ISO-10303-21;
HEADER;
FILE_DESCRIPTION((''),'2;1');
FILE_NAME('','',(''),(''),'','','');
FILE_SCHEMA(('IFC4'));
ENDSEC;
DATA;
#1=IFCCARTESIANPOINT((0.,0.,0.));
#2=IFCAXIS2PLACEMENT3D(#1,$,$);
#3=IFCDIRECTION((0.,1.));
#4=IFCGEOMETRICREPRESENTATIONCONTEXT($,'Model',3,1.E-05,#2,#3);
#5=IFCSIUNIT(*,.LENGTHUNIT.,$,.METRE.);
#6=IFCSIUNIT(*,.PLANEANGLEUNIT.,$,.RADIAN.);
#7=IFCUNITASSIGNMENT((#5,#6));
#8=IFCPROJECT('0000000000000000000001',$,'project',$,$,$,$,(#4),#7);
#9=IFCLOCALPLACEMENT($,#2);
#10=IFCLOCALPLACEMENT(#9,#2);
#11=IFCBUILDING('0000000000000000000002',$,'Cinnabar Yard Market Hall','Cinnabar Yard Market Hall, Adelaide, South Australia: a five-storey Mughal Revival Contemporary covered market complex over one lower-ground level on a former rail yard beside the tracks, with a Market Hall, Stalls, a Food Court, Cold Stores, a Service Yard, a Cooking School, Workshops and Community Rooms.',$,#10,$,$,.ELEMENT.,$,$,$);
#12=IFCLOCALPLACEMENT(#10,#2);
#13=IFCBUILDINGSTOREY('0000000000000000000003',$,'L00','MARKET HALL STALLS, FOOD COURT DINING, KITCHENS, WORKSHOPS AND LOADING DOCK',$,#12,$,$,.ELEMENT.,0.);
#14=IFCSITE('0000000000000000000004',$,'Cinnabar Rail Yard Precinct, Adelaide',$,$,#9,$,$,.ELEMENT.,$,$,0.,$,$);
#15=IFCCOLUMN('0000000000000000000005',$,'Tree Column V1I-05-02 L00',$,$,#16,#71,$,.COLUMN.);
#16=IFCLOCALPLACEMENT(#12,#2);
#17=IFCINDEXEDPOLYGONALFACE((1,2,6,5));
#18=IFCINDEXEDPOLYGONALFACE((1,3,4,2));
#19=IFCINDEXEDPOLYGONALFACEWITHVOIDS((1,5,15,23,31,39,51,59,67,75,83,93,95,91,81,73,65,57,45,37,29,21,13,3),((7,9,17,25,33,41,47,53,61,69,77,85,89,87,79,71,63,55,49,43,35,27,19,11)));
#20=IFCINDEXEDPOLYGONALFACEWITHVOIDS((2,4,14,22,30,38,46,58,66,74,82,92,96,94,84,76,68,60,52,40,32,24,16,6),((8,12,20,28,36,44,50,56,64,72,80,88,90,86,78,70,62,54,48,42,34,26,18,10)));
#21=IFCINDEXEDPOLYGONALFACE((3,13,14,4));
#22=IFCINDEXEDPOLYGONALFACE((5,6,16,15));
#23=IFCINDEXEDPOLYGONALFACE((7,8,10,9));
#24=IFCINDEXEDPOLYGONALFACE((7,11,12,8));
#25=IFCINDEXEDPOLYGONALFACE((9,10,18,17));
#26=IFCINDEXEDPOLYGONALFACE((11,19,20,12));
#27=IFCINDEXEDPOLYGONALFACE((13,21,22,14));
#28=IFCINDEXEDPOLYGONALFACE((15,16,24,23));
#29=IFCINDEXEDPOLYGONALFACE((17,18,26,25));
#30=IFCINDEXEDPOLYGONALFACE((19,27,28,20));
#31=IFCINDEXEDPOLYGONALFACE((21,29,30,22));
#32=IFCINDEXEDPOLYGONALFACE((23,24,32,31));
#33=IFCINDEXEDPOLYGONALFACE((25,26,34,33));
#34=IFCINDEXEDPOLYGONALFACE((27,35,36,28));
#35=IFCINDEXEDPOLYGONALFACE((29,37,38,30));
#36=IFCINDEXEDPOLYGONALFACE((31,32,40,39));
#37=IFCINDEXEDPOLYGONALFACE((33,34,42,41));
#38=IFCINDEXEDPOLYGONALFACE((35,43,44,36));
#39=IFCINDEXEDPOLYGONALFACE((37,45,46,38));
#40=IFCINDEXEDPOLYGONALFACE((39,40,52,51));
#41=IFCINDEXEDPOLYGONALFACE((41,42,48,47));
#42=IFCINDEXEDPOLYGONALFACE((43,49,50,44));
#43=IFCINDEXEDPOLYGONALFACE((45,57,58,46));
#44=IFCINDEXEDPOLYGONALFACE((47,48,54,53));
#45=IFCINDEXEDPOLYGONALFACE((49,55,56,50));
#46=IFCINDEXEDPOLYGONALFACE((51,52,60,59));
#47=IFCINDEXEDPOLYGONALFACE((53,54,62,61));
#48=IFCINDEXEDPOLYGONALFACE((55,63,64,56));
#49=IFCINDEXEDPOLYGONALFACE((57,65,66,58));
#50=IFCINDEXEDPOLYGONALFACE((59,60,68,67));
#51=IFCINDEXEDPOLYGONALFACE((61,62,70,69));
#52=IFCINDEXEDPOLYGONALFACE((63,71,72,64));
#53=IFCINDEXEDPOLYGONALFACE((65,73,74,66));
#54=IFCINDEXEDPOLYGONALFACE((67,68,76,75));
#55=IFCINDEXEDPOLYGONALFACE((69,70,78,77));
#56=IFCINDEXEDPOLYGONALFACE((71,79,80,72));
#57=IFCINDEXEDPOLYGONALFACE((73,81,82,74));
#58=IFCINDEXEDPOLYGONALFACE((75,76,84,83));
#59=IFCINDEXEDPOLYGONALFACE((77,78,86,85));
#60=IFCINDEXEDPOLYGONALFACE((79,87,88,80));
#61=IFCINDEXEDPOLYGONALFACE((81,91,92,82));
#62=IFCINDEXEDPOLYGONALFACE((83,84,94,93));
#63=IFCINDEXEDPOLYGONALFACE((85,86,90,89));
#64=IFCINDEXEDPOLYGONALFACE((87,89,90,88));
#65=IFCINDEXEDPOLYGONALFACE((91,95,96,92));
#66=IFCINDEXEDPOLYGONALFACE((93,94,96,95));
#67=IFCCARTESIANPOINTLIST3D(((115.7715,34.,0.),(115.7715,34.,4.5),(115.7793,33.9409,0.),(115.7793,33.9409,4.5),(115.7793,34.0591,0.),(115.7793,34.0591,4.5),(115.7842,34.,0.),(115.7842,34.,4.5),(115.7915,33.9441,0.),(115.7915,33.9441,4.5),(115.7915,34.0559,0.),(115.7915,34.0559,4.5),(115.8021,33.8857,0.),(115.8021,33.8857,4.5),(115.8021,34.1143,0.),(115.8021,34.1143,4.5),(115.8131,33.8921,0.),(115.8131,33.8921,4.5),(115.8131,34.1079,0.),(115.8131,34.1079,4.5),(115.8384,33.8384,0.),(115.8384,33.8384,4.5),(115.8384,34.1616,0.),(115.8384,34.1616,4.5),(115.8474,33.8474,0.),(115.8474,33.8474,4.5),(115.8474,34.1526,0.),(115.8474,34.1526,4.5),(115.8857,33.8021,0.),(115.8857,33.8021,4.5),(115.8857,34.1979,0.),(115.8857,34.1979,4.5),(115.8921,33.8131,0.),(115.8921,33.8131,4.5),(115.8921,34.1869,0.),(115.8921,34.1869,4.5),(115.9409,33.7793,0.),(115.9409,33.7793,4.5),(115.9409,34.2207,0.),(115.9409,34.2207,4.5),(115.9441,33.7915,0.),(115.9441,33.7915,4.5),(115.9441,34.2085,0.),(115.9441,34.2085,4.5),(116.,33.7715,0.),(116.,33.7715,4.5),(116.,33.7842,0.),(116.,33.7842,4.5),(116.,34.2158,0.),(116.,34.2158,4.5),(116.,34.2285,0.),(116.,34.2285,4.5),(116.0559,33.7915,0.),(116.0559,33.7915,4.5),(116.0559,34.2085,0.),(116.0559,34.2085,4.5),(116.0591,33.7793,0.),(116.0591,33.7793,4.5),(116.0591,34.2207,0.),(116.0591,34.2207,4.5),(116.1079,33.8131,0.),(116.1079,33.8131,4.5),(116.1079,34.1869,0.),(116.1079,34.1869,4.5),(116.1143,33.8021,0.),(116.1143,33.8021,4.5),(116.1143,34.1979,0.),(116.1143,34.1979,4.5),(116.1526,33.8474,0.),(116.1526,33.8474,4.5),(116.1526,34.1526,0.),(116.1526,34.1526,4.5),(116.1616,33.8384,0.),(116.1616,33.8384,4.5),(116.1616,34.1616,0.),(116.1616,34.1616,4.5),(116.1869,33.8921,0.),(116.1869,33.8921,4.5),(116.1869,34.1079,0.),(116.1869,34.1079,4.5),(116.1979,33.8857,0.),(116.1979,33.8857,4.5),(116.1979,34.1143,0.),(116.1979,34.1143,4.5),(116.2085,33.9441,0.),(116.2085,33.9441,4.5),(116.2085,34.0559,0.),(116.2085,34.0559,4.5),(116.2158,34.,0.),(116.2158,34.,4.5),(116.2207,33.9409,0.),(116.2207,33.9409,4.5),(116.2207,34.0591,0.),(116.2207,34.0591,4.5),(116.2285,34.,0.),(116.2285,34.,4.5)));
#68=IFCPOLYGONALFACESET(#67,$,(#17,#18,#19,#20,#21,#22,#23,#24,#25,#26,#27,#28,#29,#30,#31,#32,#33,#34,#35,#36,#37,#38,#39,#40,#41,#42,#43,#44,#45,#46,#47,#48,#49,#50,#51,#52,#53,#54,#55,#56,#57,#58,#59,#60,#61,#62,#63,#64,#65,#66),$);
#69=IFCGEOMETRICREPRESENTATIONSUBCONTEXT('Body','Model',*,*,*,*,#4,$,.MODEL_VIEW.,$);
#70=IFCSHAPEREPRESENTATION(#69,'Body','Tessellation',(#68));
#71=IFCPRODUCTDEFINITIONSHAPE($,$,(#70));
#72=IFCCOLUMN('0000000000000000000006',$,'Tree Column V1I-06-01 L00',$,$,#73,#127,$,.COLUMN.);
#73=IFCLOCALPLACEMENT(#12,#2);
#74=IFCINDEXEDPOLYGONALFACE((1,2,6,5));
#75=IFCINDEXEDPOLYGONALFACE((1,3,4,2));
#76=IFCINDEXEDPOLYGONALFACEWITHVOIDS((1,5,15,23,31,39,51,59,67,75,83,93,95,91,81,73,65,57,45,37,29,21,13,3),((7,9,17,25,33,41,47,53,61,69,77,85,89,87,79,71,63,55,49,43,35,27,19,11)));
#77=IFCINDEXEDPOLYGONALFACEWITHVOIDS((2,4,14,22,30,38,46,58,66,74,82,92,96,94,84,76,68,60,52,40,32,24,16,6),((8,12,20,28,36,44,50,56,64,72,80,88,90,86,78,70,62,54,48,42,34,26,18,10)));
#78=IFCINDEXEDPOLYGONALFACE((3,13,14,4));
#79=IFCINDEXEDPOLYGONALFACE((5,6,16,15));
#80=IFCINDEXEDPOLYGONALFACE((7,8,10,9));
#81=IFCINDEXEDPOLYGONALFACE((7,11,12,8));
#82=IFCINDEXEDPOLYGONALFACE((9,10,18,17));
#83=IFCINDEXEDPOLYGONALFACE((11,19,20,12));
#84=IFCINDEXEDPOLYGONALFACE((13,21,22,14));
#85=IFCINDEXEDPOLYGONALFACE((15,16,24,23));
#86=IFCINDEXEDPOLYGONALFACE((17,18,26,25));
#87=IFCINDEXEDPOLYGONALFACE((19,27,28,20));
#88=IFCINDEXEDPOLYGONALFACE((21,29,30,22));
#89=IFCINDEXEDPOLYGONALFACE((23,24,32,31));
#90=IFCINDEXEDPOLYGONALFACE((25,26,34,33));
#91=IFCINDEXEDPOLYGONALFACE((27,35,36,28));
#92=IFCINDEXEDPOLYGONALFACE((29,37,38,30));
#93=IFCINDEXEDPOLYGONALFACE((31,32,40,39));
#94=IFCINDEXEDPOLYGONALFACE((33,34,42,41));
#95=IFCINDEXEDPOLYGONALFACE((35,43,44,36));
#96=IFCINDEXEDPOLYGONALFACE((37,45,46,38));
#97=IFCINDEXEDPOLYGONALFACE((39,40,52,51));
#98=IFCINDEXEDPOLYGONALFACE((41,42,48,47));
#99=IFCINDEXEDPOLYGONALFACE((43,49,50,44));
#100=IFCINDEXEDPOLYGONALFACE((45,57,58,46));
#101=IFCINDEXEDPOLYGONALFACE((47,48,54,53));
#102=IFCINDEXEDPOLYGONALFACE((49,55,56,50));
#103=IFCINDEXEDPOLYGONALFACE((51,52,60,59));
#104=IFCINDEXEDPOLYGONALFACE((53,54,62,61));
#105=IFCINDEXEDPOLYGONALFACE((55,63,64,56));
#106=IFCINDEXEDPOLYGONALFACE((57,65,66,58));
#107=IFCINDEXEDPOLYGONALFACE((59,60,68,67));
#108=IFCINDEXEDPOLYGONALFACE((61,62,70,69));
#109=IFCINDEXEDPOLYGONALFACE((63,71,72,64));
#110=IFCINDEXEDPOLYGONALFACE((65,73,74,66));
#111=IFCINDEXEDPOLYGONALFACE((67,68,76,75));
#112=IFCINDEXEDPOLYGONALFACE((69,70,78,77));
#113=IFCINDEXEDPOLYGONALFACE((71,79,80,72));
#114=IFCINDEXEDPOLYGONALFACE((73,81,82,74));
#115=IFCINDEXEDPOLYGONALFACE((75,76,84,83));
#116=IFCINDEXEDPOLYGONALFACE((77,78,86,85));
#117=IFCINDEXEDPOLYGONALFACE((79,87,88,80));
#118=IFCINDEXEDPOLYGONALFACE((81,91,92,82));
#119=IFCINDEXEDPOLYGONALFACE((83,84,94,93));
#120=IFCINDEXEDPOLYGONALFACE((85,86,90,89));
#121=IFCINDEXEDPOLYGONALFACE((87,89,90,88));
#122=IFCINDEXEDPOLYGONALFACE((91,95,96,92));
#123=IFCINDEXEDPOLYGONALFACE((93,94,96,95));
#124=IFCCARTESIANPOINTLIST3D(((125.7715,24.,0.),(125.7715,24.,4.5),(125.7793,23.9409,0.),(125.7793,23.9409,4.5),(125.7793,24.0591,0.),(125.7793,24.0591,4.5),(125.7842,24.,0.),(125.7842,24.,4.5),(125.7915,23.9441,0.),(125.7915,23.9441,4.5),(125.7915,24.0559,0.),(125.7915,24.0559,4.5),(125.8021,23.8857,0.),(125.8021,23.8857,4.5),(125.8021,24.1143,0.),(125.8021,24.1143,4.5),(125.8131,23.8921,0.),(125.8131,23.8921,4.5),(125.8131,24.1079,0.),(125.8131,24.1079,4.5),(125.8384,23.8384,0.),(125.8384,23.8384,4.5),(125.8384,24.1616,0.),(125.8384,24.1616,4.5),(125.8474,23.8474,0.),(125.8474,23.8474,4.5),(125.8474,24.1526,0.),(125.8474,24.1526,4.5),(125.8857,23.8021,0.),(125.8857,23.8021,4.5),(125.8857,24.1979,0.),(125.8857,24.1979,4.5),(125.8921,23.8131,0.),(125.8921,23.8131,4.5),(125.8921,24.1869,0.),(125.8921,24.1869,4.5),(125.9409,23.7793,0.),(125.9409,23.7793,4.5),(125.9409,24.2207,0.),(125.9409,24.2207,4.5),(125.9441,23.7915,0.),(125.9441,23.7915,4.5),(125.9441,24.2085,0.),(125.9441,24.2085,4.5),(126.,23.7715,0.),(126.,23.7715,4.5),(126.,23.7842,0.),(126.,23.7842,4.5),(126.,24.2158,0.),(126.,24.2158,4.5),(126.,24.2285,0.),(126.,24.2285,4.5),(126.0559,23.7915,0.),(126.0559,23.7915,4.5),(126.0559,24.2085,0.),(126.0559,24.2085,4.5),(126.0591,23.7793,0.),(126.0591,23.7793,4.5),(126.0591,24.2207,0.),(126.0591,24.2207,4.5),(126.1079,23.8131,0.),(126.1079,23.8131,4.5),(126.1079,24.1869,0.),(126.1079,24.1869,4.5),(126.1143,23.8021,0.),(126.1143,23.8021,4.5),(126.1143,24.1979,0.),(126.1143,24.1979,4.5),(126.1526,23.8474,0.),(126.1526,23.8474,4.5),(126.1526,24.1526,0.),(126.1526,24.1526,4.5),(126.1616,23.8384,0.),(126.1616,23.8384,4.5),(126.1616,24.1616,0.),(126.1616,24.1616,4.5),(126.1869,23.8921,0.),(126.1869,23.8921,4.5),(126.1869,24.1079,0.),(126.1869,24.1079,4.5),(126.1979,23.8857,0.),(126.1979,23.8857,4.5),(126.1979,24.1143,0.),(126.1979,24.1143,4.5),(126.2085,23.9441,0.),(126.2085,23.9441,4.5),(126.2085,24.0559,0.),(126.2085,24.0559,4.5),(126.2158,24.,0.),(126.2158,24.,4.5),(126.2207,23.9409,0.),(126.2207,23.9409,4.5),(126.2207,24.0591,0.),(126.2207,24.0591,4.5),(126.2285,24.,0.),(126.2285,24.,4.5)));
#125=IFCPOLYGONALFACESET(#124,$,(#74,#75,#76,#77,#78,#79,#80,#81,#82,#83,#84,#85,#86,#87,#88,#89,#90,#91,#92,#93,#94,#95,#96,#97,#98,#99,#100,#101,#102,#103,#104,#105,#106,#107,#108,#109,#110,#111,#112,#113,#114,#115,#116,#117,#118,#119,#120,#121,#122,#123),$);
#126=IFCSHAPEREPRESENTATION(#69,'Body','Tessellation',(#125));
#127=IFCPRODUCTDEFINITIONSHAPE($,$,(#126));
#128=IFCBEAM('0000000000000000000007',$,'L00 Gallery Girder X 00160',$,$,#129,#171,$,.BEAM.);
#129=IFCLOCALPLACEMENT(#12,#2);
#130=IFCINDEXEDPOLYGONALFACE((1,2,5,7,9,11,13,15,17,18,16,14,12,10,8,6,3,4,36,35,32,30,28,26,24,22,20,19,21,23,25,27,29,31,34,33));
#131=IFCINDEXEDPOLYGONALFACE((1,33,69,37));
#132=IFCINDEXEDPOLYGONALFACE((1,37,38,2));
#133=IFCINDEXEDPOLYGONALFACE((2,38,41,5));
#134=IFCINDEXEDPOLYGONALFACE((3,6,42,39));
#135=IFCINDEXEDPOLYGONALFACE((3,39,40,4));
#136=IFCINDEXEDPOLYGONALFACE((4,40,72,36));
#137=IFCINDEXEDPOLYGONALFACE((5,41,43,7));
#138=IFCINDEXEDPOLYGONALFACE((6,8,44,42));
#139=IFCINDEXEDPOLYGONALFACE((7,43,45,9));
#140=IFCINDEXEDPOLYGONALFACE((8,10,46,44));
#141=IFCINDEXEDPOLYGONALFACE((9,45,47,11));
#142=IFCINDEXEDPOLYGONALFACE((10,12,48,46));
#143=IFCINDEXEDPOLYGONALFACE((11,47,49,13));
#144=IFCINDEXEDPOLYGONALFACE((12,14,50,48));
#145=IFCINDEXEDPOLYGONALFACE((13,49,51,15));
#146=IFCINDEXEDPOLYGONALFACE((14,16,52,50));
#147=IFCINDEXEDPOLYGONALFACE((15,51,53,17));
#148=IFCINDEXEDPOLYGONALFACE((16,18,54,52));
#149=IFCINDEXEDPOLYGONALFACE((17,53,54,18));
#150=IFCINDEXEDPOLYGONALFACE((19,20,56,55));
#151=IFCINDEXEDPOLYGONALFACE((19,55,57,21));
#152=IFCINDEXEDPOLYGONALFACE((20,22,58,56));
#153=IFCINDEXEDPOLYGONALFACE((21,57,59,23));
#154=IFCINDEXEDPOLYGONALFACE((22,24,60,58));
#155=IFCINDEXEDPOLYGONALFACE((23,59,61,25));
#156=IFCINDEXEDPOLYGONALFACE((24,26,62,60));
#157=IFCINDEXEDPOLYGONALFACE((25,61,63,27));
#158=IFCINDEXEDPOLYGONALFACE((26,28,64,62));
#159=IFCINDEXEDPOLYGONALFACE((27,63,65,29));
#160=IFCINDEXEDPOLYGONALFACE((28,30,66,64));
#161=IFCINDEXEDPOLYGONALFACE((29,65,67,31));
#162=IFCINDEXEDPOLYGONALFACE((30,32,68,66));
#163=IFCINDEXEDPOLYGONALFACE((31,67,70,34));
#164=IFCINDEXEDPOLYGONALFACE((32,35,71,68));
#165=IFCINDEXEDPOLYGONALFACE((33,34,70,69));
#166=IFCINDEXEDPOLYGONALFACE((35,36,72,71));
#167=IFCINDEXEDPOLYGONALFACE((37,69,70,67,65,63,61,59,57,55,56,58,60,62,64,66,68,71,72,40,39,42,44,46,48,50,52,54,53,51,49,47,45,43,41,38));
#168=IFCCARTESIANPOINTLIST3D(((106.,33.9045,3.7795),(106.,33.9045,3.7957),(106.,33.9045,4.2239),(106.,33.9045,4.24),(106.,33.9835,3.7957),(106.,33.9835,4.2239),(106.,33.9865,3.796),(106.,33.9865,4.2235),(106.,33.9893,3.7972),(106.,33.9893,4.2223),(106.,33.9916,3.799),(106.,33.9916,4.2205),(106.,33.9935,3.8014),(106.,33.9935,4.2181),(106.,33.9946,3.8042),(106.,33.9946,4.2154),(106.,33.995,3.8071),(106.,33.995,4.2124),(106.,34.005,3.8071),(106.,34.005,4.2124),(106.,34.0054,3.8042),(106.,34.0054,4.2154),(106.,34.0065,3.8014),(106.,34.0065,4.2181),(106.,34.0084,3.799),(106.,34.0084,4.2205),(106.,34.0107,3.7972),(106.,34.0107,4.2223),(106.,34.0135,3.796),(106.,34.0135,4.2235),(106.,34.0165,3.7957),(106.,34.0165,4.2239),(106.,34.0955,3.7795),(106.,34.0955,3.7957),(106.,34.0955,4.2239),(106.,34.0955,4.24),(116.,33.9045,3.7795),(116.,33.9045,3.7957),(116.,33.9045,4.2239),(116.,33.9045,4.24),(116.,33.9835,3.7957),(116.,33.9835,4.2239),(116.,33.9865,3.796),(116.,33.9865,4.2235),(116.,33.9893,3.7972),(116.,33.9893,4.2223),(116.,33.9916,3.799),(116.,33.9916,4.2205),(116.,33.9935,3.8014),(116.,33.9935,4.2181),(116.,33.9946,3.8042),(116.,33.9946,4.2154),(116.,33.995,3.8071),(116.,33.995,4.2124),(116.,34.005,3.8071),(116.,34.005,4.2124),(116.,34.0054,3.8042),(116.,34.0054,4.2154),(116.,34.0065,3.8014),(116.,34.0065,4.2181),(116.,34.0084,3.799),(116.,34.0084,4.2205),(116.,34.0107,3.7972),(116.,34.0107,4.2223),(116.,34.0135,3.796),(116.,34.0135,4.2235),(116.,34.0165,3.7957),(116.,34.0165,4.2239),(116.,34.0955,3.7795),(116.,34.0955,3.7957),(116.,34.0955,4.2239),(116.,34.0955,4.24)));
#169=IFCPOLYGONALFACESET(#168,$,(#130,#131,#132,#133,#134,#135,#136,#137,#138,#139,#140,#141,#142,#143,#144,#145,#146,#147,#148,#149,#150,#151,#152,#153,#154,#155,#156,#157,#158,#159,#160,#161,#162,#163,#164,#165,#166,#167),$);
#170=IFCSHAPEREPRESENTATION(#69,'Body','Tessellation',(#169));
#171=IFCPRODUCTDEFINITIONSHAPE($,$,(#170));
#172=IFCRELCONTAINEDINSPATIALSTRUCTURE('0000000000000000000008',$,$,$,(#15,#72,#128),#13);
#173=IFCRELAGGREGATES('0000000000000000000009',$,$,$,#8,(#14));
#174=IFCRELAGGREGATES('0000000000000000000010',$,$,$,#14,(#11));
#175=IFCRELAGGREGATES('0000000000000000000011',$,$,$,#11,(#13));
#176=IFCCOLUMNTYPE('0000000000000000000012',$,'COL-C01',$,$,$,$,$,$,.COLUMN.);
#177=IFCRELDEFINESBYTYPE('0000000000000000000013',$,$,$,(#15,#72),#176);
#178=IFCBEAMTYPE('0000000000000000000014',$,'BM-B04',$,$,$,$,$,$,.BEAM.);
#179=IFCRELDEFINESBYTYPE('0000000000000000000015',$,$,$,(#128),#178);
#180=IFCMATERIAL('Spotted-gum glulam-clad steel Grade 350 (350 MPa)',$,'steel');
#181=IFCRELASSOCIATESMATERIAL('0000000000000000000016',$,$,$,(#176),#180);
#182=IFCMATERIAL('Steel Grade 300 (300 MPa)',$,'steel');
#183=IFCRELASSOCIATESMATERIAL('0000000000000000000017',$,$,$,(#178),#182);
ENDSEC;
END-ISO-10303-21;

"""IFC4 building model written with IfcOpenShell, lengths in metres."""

from ifc_helpers import new_model, si_unit, direction, frame, origin, origin_2d_with_axis, place, context, subcontext, project, spatial, hollow_circle, i_section, extrude, material, material_profile, profile_set, type_object, element, save


model = new_model("IFC4")

# Units and contexts
model_context = context("Model", 3, precision=1e-05, world=origin(), true_north=direction((0.0, 1.0)))
body_context = subcontext(model_context, "Body", "Model", "MODEL_VIEW")
ifc_project = project(units=[si_unit("LENGTHUNIT", "METRE"), si_unit("PLANEANGLEUNIT", "RADIAN")], contexts=[model_context])

# Site, building, storey
site_placement = place(None, origin())
site = spatial("IfcSite", under=ifc_project, at=site_placement, Name="Cinnabar Rail Yard Precinct, Adelaide", CompositionType="ELEMENT", RefElevation=0.0)
building_placement = place(site_placement, origin())
building = spatial("IfcBuilding", under=site, at=building_placement, Name="Cinnabar Yard Market Hall", Description="Cinnabar Yard Market Hall, Adelaide, South Australia: a five-storey Mughal Revival Contemporary covered market complex over one lower-ground level on a former rail yard beside the tracks, with a Market Hall, Stalls, a Food Court, Cold Stores, a Service Yard, a Cooking School, Workshops and Community Rooms.", CompositionType="ELEMENT")
storey_placement = place(building_placement, origin())
storey = spatial("IfcBuildingStorey", under=building, at=storey_placement, Name="L00", Description="MARKET HALL STALLS, FOOD COURT DINING, KITCHENS, WORKSHOPS AND LOADING DOCK", CompositionType="ELEMENT", Elevation=0.0)

# Columns
ifc_material_1 = material(Name="Spotted-gum glulam-clad steel Grade 350 (350 MPa)", Category="steel")
ifc_material_profile_1 = material_profile(ifc_material_1, hollow_circle(Radius=0.2285, WallThickness=0.0127, at=origin_2d_with_axis()), Name="457.0x12.7CHS")
ifc_profile_set_1 = profile_set([ifc_material_profile_1], Name="Spotted-gum glulam-clad steel Grade 350 (350 MPa)")
column_type = type_object("IfcColumnType", Name="COL-C01", PredefinedType="COLUMN", material=ifc_profile_set_1)
for number, where, z_axis, x_axis, name in (
    (1, (116.0, 34.0, 0.0), (0.0, 0.0, 1.0), (1.0, 0.0, 0.0), "Tree Column V1I-05-02 L00"),
    (2, (126.0, 24.0, 0.0), (0.0, 0.0, 1.0), (1.0, 0.0, 0.0), "Tree Column V1I-06-01 L00"),
):
    element("IfcColumn", number, at=place(storey_placement, frame(where, z_axis=z_axis, x_axis=x_axis)), inside=storey, type_object=column_type, Name=name, PredefinedType="COLUMN", context=body_context, shape_type="SweptSolid", body=[
        extrude(hollow_circle(Radius=0.2285, WallThickness=0.0127, at=origin_2d_with_axis()), origin(), (0.0, 0.0, 1.0), 4.5),
    ])

# Beam
ifc_material_2 = material(Name="Steel Grade 300 (300 MPa)", Category="steel")
ifc_material_profile_2 = material_profile(ifc_material_2, i_section(OverallWidth=0.1909, OverallDepth=0.4604, WebThickness=0.01, FlangeThickness=0.0161, FilletRadius=0.0115, at=origin_2d_with_axis()), Name="460UB82.1")
ifc_profile_set_2 = profile_set([ifc_material_profile_2], Name="Steel Grade 300 (300 MPa)")
beam_type_1 = type_object("IfcBeamType", Name="BM-B04", PredefinedType="BEAM", material=ifc_profile_set_2)
for number, where, z_axis, x_axis, name in (
    (3, (106.0, 34.0, 4.0098), (1.0, 0.0, 0.0), (0.0, 1.0, 0.0), "L00 Gallery Girder X 00160"),
):
    element("IfcBeam", number, at=place(storey_placement, frame(where, z_axis=z_axis, x_axis=x_axis)), inside=storey, type_object=beam_type_1, Name=name, PredefinedType="BEAM", context=body_context, shape_type="SweptSolid", body=[
        extrude(i_section(OverallWidth=0.1909, OverallDepth=0.4604, WebThickness=0.01, FlangeThickness=0.0161, FilletRadius=0.0115, at=origin_2d_with_axis()), origin(), (0.0, 0.0, 1.0), 10.0),
    ])

save(model, "model.ifc")
